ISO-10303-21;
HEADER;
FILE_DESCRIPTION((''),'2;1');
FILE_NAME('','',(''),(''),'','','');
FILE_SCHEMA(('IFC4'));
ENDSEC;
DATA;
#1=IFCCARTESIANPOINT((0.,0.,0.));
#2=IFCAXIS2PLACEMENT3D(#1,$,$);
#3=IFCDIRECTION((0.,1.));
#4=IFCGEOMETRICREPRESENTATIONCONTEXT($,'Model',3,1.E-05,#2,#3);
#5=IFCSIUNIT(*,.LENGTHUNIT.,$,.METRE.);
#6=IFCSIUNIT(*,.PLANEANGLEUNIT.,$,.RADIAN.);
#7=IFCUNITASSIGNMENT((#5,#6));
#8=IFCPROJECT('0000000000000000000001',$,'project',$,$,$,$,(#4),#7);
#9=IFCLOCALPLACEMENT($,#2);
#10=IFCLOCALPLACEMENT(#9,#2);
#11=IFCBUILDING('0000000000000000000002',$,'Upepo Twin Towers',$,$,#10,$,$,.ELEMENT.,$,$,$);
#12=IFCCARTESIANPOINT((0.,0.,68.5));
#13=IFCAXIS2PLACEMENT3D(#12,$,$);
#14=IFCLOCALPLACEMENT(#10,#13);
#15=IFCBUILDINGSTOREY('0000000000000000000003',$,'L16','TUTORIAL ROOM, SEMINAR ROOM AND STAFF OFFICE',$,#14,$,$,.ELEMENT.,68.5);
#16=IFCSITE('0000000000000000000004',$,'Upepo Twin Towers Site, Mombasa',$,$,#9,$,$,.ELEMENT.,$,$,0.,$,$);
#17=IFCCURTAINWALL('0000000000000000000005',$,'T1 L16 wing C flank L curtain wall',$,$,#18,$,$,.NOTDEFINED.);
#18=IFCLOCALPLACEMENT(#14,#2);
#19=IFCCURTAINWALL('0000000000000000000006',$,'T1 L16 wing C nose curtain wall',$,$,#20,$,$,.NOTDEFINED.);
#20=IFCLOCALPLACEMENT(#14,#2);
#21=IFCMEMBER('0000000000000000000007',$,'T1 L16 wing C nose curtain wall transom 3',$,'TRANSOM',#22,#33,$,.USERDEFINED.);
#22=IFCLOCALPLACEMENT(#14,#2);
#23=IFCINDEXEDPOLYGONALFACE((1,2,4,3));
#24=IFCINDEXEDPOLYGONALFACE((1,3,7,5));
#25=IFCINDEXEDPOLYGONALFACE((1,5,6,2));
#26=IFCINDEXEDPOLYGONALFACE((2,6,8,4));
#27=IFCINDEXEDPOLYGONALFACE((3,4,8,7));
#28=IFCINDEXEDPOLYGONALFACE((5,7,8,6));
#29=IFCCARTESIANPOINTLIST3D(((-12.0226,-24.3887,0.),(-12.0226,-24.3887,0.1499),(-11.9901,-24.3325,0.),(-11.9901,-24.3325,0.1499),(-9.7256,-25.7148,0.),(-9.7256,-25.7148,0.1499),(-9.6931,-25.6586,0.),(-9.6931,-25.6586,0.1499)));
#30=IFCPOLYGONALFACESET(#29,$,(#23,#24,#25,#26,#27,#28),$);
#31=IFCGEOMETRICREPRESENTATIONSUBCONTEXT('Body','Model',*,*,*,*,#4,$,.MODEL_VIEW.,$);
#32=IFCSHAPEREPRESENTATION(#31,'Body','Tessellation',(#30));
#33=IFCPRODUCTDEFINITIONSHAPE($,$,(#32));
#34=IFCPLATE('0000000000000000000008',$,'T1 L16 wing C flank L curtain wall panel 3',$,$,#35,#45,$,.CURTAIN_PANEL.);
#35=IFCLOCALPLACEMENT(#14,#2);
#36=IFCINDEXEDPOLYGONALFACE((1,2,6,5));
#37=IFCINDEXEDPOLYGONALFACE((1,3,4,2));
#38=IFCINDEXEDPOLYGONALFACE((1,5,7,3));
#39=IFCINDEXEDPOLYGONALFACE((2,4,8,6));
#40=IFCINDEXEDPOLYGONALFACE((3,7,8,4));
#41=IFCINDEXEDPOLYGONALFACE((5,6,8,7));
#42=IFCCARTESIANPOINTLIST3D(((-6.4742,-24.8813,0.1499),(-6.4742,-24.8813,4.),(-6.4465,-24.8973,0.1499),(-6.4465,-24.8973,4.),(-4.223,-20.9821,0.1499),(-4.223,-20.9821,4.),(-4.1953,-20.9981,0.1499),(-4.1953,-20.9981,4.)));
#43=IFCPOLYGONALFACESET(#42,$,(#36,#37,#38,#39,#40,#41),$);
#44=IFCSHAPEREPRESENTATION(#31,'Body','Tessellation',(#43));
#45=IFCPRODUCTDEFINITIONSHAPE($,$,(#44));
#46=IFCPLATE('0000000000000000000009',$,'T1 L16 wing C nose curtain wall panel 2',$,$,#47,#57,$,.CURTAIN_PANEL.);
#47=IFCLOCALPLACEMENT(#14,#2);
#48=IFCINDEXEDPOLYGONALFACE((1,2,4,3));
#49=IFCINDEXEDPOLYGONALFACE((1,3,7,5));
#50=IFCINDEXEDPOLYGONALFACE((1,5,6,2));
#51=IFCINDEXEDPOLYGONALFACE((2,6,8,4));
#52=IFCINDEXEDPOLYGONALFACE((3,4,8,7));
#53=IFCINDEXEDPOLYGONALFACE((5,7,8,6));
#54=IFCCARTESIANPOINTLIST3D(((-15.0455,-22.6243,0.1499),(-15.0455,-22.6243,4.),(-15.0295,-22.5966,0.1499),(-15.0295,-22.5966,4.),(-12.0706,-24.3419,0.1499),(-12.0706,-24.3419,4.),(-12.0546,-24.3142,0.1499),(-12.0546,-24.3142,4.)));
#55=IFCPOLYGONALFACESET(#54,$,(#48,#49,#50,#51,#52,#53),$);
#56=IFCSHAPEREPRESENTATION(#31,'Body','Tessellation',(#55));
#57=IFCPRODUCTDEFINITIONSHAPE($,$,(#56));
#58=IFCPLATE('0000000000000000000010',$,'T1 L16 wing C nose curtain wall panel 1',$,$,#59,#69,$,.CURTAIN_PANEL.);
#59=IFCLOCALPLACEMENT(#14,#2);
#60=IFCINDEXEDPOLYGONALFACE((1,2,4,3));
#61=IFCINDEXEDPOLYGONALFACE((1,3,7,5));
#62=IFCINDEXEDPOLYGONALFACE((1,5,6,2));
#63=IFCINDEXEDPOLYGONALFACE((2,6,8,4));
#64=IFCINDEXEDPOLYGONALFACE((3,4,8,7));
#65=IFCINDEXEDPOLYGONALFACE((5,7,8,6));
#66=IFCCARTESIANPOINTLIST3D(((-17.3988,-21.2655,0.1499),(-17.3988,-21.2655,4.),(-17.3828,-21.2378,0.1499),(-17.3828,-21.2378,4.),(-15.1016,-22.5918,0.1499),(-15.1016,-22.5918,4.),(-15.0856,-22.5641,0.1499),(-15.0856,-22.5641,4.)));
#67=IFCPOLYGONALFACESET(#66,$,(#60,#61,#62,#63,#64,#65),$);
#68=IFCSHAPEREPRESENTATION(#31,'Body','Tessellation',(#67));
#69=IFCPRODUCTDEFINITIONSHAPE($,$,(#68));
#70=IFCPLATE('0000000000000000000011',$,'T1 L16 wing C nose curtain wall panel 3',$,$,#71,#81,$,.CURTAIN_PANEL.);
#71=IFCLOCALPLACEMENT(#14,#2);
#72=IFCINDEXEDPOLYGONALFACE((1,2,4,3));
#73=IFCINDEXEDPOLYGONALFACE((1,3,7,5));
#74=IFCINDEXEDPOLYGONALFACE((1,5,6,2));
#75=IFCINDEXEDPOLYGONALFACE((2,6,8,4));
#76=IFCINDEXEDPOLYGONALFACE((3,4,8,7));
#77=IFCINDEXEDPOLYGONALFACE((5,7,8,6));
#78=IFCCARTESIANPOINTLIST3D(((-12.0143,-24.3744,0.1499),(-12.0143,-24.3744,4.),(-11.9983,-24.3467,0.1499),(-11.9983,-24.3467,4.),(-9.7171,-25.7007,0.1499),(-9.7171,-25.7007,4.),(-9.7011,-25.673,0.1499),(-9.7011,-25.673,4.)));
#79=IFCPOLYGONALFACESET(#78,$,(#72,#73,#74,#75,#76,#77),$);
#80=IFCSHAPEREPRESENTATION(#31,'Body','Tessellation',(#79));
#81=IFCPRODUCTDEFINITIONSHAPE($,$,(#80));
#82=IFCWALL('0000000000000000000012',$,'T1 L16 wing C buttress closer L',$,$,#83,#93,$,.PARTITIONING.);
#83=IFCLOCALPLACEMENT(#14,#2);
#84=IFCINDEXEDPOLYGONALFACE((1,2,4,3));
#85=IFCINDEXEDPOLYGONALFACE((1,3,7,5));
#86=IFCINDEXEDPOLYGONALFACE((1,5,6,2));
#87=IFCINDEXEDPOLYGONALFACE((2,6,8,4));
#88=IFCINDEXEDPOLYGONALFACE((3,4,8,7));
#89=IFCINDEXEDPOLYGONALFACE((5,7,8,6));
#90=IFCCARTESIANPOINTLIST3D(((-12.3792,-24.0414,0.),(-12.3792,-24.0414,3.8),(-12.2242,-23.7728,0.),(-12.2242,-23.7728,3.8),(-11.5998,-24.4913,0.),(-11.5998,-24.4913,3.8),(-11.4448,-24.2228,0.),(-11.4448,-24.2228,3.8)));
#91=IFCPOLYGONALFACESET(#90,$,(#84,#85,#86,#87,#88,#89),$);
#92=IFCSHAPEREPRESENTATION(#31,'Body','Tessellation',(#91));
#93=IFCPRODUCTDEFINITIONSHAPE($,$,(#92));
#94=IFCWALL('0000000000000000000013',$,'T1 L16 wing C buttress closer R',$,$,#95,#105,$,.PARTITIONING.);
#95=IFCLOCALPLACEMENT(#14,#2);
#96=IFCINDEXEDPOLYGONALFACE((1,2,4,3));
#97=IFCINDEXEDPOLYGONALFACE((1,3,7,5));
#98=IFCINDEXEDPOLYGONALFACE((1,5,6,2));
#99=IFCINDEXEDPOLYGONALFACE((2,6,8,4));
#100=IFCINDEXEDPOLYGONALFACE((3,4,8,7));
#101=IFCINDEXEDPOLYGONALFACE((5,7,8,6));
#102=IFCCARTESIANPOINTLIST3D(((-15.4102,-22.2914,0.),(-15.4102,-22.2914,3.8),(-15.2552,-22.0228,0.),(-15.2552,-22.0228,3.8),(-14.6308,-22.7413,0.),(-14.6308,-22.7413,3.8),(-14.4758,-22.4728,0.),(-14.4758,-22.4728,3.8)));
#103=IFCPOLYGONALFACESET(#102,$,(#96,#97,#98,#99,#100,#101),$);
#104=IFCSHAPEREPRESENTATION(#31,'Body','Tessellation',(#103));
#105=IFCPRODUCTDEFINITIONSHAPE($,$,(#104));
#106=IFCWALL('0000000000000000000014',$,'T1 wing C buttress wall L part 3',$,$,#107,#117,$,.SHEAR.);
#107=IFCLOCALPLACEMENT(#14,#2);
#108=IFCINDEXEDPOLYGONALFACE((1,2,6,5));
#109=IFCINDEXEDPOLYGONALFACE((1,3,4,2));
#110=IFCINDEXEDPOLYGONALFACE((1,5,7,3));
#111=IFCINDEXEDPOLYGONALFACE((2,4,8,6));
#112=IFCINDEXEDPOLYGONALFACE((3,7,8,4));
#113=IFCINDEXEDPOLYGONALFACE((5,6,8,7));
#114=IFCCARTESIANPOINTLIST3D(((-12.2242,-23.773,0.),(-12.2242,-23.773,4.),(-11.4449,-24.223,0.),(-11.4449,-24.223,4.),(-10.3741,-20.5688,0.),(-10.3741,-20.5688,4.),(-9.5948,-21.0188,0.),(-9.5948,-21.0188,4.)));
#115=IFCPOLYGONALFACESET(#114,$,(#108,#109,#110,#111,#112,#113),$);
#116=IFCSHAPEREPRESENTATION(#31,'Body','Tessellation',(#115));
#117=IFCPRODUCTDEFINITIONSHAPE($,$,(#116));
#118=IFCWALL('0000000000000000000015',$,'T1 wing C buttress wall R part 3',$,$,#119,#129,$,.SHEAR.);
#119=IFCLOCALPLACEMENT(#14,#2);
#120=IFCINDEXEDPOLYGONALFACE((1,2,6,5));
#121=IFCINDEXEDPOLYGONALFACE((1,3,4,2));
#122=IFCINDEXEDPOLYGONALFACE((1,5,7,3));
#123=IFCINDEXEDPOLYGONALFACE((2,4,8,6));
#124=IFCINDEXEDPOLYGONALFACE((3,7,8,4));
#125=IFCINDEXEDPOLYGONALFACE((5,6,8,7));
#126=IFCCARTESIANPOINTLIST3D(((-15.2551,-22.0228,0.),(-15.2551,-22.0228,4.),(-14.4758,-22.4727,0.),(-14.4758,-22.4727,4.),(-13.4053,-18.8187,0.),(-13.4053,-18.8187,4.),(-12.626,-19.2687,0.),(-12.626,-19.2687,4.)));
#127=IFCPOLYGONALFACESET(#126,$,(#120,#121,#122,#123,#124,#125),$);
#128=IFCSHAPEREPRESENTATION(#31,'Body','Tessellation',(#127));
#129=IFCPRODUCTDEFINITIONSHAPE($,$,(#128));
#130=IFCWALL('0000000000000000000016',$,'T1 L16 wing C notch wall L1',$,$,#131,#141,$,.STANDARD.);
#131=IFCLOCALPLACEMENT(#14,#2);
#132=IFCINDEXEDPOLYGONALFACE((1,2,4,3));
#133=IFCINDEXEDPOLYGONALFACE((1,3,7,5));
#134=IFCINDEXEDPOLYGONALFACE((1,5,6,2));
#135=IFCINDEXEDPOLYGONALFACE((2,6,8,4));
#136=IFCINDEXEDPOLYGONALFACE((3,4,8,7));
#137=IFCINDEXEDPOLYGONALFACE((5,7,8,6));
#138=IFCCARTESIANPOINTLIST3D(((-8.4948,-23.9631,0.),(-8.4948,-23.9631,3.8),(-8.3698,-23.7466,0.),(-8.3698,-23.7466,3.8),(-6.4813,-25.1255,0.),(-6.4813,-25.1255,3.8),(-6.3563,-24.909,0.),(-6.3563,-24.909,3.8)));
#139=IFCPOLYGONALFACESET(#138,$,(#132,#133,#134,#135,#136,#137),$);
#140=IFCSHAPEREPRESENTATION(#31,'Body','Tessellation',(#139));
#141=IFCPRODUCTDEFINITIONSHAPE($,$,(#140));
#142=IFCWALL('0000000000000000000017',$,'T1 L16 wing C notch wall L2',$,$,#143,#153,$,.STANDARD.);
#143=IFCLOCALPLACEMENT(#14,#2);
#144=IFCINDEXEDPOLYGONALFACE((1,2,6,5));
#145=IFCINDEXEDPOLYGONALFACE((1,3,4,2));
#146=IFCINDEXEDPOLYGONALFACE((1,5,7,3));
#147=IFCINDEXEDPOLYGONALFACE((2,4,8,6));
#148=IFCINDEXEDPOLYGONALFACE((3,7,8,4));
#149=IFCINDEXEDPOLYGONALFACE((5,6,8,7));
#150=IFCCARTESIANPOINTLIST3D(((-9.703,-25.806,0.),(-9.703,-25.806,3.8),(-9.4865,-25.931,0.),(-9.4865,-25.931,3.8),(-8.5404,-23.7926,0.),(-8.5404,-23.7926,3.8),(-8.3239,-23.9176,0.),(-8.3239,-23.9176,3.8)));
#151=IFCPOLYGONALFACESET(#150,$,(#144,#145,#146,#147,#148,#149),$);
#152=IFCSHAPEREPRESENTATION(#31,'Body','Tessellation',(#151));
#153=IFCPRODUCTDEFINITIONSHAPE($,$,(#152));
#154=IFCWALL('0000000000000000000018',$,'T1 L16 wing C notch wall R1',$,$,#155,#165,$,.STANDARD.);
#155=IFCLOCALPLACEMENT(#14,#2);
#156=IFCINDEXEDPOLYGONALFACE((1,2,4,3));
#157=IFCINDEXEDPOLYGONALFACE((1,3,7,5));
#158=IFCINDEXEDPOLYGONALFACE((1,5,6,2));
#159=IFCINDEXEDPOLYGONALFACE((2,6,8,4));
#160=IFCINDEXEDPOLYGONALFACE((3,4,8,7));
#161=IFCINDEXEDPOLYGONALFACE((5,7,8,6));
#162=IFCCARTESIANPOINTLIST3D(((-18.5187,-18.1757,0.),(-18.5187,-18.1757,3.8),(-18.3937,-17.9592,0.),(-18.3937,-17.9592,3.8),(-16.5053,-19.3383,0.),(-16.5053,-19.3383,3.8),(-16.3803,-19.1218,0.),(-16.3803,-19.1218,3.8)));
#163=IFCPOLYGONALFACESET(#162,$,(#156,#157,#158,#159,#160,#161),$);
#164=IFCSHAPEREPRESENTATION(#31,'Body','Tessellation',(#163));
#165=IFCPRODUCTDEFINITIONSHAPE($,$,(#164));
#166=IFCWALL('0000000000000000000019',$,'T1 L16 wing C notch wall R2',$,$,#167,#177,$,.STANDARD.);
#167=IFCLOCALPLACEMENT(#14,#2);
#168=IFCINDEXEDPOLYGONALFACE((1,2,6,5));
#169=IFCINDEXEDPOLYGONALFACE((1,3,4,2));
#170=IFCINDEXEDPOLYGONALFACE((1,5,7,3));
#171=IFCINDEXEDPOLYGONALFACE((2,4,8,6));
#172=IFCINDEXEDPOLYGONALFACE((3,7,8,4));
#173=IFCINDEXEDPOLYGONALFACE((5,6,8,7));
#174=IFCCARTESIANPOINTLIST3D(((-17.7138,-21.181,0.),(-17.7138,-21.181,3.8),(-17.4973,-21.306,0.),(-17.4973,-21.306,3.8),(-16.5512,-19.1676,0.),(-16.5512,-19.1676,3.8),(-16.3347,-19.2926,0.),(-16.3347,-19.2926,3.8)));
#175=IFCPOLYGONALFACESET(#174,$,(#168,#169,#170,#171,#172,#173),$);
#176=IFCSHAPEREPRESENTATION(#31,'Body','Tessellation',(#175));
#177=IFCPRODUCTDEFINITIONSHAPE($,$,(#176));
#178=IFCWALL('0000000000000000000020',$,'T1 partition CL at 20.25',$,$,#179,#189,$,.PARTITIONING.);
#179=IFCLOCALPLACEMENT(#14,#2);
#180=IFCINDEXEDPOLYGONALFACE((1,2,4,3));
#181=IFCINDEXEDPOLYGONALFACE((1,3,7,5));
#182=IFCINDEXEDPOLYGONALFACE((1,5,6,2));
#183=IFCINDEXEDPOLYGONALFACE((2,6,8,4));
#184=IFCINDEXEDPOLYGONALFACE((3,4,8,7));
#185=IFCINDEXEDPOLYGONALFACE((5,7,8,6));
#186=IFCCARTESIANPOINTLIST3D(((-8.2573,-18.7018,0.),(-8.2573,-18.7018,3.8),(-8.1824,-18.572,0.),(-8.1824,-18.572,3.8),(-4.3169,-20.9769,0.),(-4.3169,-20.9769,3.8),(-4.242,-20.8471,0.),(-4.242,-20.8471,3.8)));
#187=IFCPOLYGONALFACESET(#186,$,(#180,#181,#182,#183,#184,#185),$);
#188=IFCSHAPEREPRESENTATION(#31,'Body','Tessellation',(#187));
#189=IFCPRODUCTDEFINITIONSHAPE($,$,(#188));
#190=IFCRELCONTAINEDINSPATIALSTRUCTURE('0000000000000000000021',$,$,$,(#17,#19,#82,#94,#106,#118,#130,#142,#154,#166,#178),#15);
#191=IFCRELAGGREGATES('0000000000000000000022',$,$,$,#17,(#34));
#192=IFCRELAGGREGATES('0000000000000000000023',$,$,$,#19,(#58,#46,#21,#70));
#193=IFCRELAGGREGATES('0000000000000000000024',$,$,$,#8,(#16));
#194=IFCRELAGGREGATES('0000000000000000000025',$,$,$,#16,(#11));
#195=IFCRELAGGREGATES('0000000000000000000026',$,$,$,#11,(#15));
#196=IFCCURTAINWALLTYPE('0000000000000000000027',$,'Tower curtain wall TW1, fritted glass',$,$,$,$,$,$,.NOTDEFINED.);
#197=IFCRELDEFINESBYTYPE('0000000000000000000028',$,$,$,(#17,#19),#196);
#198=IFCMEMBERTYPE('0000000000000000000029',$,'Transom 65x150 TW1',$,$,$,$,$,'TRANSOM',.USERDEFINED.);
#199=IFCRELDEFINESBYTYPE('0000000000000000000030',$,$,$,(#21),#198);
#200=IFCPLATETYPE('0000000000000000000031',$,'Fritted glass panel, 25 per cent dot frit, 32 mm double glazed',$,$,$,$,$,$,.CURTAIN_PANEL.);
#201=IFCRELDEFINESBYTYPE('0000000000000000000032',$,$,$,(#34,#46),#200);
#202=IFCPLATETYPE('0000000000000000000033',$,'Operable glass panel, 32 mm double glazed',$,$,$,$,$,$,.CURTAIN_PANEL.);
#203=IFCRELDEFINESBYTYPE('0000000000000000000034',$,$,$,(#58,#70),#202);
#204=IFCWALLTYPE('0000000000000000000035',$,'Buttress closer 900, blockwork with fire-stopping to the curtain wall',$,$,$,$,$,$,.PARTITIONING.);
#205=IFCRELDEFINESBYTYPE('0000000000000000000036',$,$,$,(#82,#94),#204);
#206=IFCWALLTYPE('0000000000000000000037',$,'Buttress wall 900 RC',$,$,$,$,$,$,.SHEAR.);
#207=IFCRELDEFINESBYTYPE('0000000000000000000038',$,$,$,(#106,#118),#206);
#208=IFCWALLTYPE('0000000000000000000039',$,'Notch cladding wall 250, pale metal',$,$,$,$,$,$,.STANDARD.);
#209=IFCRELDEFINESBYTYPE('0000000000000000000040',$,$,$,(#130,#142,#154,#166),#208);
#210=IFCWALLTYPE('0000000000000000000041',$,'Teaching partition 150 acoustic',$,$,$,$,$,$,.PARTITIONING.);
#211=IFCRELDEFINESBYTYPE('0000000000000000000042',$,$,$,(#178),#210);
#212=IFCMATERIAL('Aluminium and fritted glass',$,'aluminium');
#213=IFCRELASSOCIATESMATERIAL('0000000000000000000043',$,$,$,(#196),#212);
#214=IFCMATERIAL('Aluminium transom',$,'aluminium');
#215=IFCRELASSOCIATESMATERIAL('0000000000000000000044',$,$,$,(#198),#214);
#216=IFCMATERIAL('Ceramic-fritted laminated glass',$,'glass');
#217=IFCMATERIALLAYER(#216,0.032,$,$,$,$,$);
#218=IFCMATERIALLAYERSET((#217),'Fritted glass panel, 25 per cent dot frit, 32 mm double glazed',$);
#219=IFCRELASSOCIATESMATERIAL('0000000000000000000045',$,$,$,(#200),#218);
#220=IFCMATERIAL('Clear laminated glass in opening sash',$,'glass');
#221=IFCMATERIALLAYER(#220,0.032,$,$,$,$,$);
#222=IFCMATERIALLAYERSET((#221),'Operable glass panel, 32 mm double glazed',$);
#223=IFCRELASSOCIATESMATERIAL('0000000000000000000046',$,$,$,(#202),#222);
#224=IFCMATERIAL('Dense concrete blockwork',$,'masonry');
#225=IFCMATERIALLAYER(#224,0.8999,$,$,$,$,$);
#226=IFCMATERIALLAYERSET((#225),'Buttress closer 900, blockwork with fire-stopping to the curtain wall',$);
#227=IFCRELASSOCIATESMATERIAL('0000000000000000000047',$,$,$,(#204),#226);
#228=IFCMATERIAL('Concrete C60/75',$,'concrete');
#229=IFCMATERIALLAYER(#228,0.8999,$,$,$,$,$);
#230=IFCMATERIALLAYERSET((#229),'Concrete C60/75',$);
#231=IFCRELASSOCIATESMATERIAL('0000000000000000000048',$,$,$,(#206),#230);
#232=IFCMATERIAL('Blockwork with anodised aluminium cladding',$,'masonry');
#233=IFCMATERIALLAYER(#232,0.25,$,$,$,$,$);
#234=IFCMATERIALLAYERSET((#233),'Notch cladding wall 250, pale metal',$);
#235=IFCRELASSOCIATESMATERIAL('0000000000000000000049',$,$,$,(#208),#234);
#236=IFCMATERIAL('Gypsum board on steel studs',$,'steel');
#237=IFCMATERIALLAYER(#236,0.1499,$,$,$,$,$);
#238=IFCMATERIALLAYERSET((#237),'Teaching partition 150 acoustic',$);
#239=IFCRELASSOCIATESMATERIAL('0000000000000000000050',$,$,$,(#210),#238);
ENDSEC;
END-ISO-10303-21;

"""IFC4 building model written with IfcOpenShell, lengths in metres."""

from ifc_helpers import new_model, si_unit, direction, frame, frame_2d, origin, origin_2d, place, context, subcontext, project, spatial, rectangle, extrude, material, layer, layer_set, material_profile, profile_set, type_object, element, aggregate, save


model = new_model("IFC4")

# Units and contexts
model_context = context("Model", 3, precision=1e-05, world=origin(), true_north=direction((0.0, 1.0)))
body_context = subcontext(model_context, "Body", "Model", "MODEL_VIEW")
ifc_project = project(units=[si_unit("LENGTHUNIT", "METRE"), si_unit("PLANEANGLEUNIT", "RADIAN")], contexts=[model_context])

# Site, building, storey
site_placement = place(None, origin())
site = spatial("IfcSite", under=ifc_project, at=site_placement, Name="Upepo Twin Towers Site, Mombasa", CompositionType="ELEMENT", RefElevation=0.0)
building_placement = place(site_placement, origin())
building = spatial("IfcBuilding", under=site, at=building_placement, Name="Upepo Twin Towers", CompositionType="ELEMENT")
storey_placement = place(building_placement, frame((0.0, 0.0, 68.5)))
storey = spatial("IfcBuildingStorey", under=building, at=storey_placement, Name="L16", Description="TUTORIAL ROOM, SEMINAR ROOM AND STAFF OFFICE", CompositionType="ELEMENT", Elevation=68.5)

# Curtain wall
ifc_material_1 = material(Name="Aluminium and fritted glass", Category="aluminium")
curtain_wall_type = type_object("IfcCurtainWallType", Name="Tower curtain wall TW1, fritted glass", PredefinedType="NOTDEFINED", material=ifc_material_1)
curtain_wall_1_placement = place(storey_placement, origin())
curtain_wall_1 = element("IfcCurtainWall", 1, at=curtain_wall_1_placement, inside=storey, type_object=curtain_wall_type, Name="T1 L16 wing C flank L curtain wall", PredefinedType="NOTDEFINED")

# Curtain wall
curtain_wall_2_placement = place(storey_placement, origin())
curtain_wall_2 = element("IfcCurtainWall", 2, at=curtain_wall_2_placement, inside=storey, type_object=curtain_wall_type, Name="T1 L16 wing C nose curtain wall", PredefinedType="NOTDEFINED")

# Member
ifc_material_2 = material(Name="Aluminium transom", Category="aluminium")
ifc_material_profile_1 = material_profile(ifc_material_2, rectangle(XDim=0.0649, YDim=0.1499, at=origin_2d()), Name="TRANSOM 65x150")
ifc_profile_set_1 = profile_set([ifc_material_profile_1], Name="Aluminium transom")
member_type_1 = type_object("IfcMemberType", Name="Transom 65x150 TW1", ElementType="TRANSOM", PredefinedType="USERDEFINED", material=ifc_profile_set_1)
member_1_placement = place(storey_placement, frame((-12.0063, -24.3606, 0.075), z_axis=(0.866037, -0.49998, 0.0), x_axis=(0.49998, 0.866037, 0.0)))
member_1 = element("IfcMember", 3, at=member_1_placement, type_object=member_type_1, Name="T1 L16 wing C nose curtain wall transom 3", ObjectType="TRANSOM", PredefinedType="USERDEFINED", context=body_context, shape_type="SweptSolid", body=[
    extrude(rectangle(XDim=0.0649, YDim=0.1499, at=origin_2d()), origin(), (0.0, 0.0, 1.0), 2.6523),
])

# Plates
ifc_material_3 = material(Name="Ceramic-fritted laminated glass", Category="glass")
ifc_layer_1 = layer(ifc_material_3, 0.032)
ifc_layer_set_1 = layer_set([ifc_layer_1], Name="Fritted glass panel, 25 per cent dot frit, 32 mm double glazed")
plate_type_1 = type_object("IfcPlateType", Name="Fritted glass panel, 25 per cent dot frit, 32 mm double glazed", PredefinedType="CURTAIN_PANEL", material=ifc_layer_set_1)
plate_1_placement = place(storey_placement, frame((-5.3347, -22.9397, 0.1499), z_axis=(0.0, 0.0, 1.0), x_axis=(-0.5, -0.866025, 0.0)))
plate_1 = element("IfcPlate", 4, at=plate_1_placement, type_object=plate_type_1, Name="T1 L16 wing C flank L curtain wall panel 3", PredefinedType="CURTAIN_PANEL", context=body_context, shape_type="SweptSolid", body=[
    extrude(rectangle(XDim=4.5024, YDim=0.032, at=origin_2d()), origin(), (0.0, 0.0, 1.0), 3.8501),
])
aggregate(curtain_wall_1, [plate_1])
plate_2_placement = place(storey_placement, frame((-13.55, -23.4692, 0.1499), z_axis=(0.0, 0.0, 1.0), x_axis=(0.866025, -0.5, 0.0)))
plate_2 = element("IfcPlate", 5, at=plate_2_placement, type_object=plate_type_1, Name="T1 L16 wing C nose curtain wall panel 2", PredefinedType="CURTAIN_PANEL", context=body_context, shape_type="SweptSolid", body=[
    extrude(rectangle(XDim=3.4351, YDim=0.032, at=origin_2d()), origin(), (0.0, 0.0, 1.0), 3.8501),
])
ifc_material_4 = material(Name="Clear laminated glass in opening sash", Category="glass")
ifc_layer_2 = layer(ifc_material_4, 0.032)
ifc_layer_set_2 = layer_set([ifc_layer_2], Name="Operable glass panel, 32 mm double glazed")
plate_type_2 = type_object("IfcPlateType", Name="Operable glass panel, 32 mm double glazed", PredefinedType="CURTAIN_PANEL", material=ifc_layer_set_2)
plate_3_placement = place(storey_placement, frame((-16.2422, -21.9148, 0.1499), z_axis=(0.0, 0.0, 1.0), x_axis=(0.866025, -0.5, 0.0)))
plate_3 = element("IfcPlate", 6, at=plate_3_placement, type_object=plate_type_2, Name="T1 L16 wing C nose curtain wall panel 1", PredefinedType="CURTAIN_PANEL", context=body_context, shape_type="SweptSolid", body=[
    extrude(rectangle(XDim=2.6526, YDim=0.032, at=origin_2d()), origin(), (0.0, 0.0, 1.0), 3.8501),
])
plate_4_placement = place(storey_placement, frame((-10.8577, -25.0237, 0.1499), z_axis=(0.0, 0.0, 1.0), x_axis=(0.866025, -0.5, 0.0)))
plate_4 = element("IfcPlate", 7, at=plate_4_placement, type_object=plate_type_2, Name="T1 L16 wing C nose curtain wall panel 3", PredefinedType="CURTAIN_PANEL", context=body_context, shape_type="SweptSolid", body=[
    extrude(rectangle(XDim=2.6526, YDim=0.032, at=origin_2d()), origin(), (0.0, 0.0, 1.0), 3.8501),
])
aggregate(curtain_wall_2, [plate_3, plate_2, member_1, plate_4])

# Walls
ifc_material_5 = material(Name="Dense concrete blockwork", Category="masonry")
ifc_layer_3 = layer(ifc_material_5, 0.8999)
ifc_layer_set_3 = layer_set([ifc_layer_3], Name="Buttress closer 900, blockwork with fire-stopping to the curtain wall")
wall_type_1 = type_object("IfcWallType", Name="Buttress closer 900, blockwork with fire-stopping to the curtain wall", PredefinedType="PARTITIONING", material=ifc_layer_set_3)
for number, where, z_axis, x_axis, name in (
    (8, (-11.8345, -23.9978, 0.0), (0.0, 0.0, 1.0), (-0.49995, -0.866054, 0.0), "T1 L16 wing C buttress closer L"),
    (9, (-14.8655, -22.2478, 0.0), (0.0, 0.0, 1.0), (-0.49995, -0.866054, 0.0), "T1 L16 wing C buttress closer R"),
):
    element("IfcWall", number, at=place(storey_placement, frame(where, z_axis=z_axis, x_axis=x_axis)), inside=storey, type_object=wall_type_1, Name=name, PredefinedType="PARTITIONING", context=body_context, shape_type="SweptSolid", body=[
        extrude(rectangle(XDim=0.3101, YDim=0.8999, at=frame_2d((0.155, 0.0))), origin(), (0.0, 0.0, 1.0), 3.8),
    ])
ifc_material_6 = material(Name="Concrete C60/75", Category="concrete")
ifc_layer_4 = layer(ifc_material_6, 0.8999)
ifc_layer_set_4 = layer_set([ifc_layer_4], Name="Concrete C60/75")
wall_type_2 = type_object("IfcWallType", Name="Buttress wall 900 RC", PredefinedType="SHEAR", material=ifc_layer_set_4)
wall_1_placement = place(storey_placement, frame((-9.9844, -20.7937, 0.0), z_axis=(0.0, 0.0, 1.0), x_axis=(-0.500042, -0.866001, 0.0)))
element("IfcWall", 10, at=wall_1_placement, inside=storey, type_object=wall_type_2, Name="T1 wing C buttress wall L part 3", PredefinedType="SHEAR", context=body_context, shape_type="SweptSolid", body=[
    extrude(rectangle(XDim=3.7, YDim=0.8999, at=frame_2d((1.8501, 0.0))), origin(), (0.0, 0.0, 1.0), 4.0),
])
wall_2_placement = place(storey_placement, frame((-13.0156, -19.0437, 0.0), z_axis=(0.0, 0.0, 1.0), x_axis=(-0.499993, -0.86603, 0.0)))
element("IfcWall", 11, at=wall_2_placement, inside=storey, type_object=wall_type_2, Name="T1 wing C buttress wall R part 3", PredefinedType="SHEAR", context=body_context, shape_type="SweptSolid", body=[
    extrude(rectangle(XDim=3.6997, YDim=0.8999, at=frame_2d((1.8499, 0.0))), origin(), (0.0, 0.0, 1.0), 4.0),
])
ifc_material_7 = material(Name="Blockwork with anodised aluminium cladding", Category="masonry")
ifc_layer_5 = layer(ifc_material_7, 0.25)
ifc_layer_set_5 = layer_set([ifc_layer_5], Name="Notch cladding wall 250, pale metal")
wall_type_3 = type_object("IfcWallType", Name="Notch cladding wall 250, pale metal", PredefinedType="STANDARD", material=ifc_layer_set_5)
for number, where, z_axis, x_axis, name in (
    (12, (-6.4187, -25.0173, 0.0), (0.0, 0.0, 1.0), (-0.866044, 0.499968, 0.0), "T1 L16 wing C notch wall L1"),
    (13, (-8.4321, -23.855, 0.0), (0.0, 0.0, 1.0), (-0.500047, -0.865998, 0.0), "T1 L16 wing C notch wall L2"),
    (14, (-18.4563, -18.0674, 0.0), (0.0, 0.0, 1.0), (0.865998, -0.500047, 0.0), "T1 L16 wing C notch wall R1"),
    (15, (-16.4429, -19.23, 0.0), (0.0, 0.0, 1.0), (-0.500047, -0.865998, 0.0), "T1 L16 wing C notch wall R2"),
):
    element("IfcWall", number, at=place(storey_placement, frame(where, z_axis=z_axis, x_axis=x_axis)), inside=storey, type_object=wall_type_3, Name=name, PredefinedType="STANDARD", context=body_context, shape_type="SweptSolid", body=[
        extrude(rectangle(XDim=2.325, YDim=0.25, at=frame_2d((1.1626, 0.0))), origin(), (0.0, 0.0, 1.0), 3.8),
    ])
ifc_material_8 = material(Name="Gypsum board on steel studs", Category="steel")
ifc_layer_6 = layer(ifc_material_8, 0.1499)
ifc_layer_set_6 = layer_set([ifc_layer_6], Name="Teaching partition 150 acoustic")
wall_type_4 = type_object("IfcWallType", Name="Teaching partition 150 acoustic", PredefinedType="PARTITIONING", material=ifc_layer_set_6)
wall_3_placement = place(storey_placement, frame((-8.2197, -18.637, 0.0), z_axis=(0.0, 0.0, 1.0), x_axis=(0.866012, -0.500023, 0.0)))
element("IfcWall", 16, at=wall_3_placement, inside=storey, type_object=wall_type_4, Name="T1 partition CL at 20.25", PredefinedType="PARTITIONING", context=body_context, shape_type="SweptSolid", body=[
    extrude(rectangle(XDim=4.55, YDim=0.1499, at=frame_2d((2.2749, 0.0))), origin(), (0.0, 0.0, 1.0), 3.8),
])

save(model, "model.ifc")
